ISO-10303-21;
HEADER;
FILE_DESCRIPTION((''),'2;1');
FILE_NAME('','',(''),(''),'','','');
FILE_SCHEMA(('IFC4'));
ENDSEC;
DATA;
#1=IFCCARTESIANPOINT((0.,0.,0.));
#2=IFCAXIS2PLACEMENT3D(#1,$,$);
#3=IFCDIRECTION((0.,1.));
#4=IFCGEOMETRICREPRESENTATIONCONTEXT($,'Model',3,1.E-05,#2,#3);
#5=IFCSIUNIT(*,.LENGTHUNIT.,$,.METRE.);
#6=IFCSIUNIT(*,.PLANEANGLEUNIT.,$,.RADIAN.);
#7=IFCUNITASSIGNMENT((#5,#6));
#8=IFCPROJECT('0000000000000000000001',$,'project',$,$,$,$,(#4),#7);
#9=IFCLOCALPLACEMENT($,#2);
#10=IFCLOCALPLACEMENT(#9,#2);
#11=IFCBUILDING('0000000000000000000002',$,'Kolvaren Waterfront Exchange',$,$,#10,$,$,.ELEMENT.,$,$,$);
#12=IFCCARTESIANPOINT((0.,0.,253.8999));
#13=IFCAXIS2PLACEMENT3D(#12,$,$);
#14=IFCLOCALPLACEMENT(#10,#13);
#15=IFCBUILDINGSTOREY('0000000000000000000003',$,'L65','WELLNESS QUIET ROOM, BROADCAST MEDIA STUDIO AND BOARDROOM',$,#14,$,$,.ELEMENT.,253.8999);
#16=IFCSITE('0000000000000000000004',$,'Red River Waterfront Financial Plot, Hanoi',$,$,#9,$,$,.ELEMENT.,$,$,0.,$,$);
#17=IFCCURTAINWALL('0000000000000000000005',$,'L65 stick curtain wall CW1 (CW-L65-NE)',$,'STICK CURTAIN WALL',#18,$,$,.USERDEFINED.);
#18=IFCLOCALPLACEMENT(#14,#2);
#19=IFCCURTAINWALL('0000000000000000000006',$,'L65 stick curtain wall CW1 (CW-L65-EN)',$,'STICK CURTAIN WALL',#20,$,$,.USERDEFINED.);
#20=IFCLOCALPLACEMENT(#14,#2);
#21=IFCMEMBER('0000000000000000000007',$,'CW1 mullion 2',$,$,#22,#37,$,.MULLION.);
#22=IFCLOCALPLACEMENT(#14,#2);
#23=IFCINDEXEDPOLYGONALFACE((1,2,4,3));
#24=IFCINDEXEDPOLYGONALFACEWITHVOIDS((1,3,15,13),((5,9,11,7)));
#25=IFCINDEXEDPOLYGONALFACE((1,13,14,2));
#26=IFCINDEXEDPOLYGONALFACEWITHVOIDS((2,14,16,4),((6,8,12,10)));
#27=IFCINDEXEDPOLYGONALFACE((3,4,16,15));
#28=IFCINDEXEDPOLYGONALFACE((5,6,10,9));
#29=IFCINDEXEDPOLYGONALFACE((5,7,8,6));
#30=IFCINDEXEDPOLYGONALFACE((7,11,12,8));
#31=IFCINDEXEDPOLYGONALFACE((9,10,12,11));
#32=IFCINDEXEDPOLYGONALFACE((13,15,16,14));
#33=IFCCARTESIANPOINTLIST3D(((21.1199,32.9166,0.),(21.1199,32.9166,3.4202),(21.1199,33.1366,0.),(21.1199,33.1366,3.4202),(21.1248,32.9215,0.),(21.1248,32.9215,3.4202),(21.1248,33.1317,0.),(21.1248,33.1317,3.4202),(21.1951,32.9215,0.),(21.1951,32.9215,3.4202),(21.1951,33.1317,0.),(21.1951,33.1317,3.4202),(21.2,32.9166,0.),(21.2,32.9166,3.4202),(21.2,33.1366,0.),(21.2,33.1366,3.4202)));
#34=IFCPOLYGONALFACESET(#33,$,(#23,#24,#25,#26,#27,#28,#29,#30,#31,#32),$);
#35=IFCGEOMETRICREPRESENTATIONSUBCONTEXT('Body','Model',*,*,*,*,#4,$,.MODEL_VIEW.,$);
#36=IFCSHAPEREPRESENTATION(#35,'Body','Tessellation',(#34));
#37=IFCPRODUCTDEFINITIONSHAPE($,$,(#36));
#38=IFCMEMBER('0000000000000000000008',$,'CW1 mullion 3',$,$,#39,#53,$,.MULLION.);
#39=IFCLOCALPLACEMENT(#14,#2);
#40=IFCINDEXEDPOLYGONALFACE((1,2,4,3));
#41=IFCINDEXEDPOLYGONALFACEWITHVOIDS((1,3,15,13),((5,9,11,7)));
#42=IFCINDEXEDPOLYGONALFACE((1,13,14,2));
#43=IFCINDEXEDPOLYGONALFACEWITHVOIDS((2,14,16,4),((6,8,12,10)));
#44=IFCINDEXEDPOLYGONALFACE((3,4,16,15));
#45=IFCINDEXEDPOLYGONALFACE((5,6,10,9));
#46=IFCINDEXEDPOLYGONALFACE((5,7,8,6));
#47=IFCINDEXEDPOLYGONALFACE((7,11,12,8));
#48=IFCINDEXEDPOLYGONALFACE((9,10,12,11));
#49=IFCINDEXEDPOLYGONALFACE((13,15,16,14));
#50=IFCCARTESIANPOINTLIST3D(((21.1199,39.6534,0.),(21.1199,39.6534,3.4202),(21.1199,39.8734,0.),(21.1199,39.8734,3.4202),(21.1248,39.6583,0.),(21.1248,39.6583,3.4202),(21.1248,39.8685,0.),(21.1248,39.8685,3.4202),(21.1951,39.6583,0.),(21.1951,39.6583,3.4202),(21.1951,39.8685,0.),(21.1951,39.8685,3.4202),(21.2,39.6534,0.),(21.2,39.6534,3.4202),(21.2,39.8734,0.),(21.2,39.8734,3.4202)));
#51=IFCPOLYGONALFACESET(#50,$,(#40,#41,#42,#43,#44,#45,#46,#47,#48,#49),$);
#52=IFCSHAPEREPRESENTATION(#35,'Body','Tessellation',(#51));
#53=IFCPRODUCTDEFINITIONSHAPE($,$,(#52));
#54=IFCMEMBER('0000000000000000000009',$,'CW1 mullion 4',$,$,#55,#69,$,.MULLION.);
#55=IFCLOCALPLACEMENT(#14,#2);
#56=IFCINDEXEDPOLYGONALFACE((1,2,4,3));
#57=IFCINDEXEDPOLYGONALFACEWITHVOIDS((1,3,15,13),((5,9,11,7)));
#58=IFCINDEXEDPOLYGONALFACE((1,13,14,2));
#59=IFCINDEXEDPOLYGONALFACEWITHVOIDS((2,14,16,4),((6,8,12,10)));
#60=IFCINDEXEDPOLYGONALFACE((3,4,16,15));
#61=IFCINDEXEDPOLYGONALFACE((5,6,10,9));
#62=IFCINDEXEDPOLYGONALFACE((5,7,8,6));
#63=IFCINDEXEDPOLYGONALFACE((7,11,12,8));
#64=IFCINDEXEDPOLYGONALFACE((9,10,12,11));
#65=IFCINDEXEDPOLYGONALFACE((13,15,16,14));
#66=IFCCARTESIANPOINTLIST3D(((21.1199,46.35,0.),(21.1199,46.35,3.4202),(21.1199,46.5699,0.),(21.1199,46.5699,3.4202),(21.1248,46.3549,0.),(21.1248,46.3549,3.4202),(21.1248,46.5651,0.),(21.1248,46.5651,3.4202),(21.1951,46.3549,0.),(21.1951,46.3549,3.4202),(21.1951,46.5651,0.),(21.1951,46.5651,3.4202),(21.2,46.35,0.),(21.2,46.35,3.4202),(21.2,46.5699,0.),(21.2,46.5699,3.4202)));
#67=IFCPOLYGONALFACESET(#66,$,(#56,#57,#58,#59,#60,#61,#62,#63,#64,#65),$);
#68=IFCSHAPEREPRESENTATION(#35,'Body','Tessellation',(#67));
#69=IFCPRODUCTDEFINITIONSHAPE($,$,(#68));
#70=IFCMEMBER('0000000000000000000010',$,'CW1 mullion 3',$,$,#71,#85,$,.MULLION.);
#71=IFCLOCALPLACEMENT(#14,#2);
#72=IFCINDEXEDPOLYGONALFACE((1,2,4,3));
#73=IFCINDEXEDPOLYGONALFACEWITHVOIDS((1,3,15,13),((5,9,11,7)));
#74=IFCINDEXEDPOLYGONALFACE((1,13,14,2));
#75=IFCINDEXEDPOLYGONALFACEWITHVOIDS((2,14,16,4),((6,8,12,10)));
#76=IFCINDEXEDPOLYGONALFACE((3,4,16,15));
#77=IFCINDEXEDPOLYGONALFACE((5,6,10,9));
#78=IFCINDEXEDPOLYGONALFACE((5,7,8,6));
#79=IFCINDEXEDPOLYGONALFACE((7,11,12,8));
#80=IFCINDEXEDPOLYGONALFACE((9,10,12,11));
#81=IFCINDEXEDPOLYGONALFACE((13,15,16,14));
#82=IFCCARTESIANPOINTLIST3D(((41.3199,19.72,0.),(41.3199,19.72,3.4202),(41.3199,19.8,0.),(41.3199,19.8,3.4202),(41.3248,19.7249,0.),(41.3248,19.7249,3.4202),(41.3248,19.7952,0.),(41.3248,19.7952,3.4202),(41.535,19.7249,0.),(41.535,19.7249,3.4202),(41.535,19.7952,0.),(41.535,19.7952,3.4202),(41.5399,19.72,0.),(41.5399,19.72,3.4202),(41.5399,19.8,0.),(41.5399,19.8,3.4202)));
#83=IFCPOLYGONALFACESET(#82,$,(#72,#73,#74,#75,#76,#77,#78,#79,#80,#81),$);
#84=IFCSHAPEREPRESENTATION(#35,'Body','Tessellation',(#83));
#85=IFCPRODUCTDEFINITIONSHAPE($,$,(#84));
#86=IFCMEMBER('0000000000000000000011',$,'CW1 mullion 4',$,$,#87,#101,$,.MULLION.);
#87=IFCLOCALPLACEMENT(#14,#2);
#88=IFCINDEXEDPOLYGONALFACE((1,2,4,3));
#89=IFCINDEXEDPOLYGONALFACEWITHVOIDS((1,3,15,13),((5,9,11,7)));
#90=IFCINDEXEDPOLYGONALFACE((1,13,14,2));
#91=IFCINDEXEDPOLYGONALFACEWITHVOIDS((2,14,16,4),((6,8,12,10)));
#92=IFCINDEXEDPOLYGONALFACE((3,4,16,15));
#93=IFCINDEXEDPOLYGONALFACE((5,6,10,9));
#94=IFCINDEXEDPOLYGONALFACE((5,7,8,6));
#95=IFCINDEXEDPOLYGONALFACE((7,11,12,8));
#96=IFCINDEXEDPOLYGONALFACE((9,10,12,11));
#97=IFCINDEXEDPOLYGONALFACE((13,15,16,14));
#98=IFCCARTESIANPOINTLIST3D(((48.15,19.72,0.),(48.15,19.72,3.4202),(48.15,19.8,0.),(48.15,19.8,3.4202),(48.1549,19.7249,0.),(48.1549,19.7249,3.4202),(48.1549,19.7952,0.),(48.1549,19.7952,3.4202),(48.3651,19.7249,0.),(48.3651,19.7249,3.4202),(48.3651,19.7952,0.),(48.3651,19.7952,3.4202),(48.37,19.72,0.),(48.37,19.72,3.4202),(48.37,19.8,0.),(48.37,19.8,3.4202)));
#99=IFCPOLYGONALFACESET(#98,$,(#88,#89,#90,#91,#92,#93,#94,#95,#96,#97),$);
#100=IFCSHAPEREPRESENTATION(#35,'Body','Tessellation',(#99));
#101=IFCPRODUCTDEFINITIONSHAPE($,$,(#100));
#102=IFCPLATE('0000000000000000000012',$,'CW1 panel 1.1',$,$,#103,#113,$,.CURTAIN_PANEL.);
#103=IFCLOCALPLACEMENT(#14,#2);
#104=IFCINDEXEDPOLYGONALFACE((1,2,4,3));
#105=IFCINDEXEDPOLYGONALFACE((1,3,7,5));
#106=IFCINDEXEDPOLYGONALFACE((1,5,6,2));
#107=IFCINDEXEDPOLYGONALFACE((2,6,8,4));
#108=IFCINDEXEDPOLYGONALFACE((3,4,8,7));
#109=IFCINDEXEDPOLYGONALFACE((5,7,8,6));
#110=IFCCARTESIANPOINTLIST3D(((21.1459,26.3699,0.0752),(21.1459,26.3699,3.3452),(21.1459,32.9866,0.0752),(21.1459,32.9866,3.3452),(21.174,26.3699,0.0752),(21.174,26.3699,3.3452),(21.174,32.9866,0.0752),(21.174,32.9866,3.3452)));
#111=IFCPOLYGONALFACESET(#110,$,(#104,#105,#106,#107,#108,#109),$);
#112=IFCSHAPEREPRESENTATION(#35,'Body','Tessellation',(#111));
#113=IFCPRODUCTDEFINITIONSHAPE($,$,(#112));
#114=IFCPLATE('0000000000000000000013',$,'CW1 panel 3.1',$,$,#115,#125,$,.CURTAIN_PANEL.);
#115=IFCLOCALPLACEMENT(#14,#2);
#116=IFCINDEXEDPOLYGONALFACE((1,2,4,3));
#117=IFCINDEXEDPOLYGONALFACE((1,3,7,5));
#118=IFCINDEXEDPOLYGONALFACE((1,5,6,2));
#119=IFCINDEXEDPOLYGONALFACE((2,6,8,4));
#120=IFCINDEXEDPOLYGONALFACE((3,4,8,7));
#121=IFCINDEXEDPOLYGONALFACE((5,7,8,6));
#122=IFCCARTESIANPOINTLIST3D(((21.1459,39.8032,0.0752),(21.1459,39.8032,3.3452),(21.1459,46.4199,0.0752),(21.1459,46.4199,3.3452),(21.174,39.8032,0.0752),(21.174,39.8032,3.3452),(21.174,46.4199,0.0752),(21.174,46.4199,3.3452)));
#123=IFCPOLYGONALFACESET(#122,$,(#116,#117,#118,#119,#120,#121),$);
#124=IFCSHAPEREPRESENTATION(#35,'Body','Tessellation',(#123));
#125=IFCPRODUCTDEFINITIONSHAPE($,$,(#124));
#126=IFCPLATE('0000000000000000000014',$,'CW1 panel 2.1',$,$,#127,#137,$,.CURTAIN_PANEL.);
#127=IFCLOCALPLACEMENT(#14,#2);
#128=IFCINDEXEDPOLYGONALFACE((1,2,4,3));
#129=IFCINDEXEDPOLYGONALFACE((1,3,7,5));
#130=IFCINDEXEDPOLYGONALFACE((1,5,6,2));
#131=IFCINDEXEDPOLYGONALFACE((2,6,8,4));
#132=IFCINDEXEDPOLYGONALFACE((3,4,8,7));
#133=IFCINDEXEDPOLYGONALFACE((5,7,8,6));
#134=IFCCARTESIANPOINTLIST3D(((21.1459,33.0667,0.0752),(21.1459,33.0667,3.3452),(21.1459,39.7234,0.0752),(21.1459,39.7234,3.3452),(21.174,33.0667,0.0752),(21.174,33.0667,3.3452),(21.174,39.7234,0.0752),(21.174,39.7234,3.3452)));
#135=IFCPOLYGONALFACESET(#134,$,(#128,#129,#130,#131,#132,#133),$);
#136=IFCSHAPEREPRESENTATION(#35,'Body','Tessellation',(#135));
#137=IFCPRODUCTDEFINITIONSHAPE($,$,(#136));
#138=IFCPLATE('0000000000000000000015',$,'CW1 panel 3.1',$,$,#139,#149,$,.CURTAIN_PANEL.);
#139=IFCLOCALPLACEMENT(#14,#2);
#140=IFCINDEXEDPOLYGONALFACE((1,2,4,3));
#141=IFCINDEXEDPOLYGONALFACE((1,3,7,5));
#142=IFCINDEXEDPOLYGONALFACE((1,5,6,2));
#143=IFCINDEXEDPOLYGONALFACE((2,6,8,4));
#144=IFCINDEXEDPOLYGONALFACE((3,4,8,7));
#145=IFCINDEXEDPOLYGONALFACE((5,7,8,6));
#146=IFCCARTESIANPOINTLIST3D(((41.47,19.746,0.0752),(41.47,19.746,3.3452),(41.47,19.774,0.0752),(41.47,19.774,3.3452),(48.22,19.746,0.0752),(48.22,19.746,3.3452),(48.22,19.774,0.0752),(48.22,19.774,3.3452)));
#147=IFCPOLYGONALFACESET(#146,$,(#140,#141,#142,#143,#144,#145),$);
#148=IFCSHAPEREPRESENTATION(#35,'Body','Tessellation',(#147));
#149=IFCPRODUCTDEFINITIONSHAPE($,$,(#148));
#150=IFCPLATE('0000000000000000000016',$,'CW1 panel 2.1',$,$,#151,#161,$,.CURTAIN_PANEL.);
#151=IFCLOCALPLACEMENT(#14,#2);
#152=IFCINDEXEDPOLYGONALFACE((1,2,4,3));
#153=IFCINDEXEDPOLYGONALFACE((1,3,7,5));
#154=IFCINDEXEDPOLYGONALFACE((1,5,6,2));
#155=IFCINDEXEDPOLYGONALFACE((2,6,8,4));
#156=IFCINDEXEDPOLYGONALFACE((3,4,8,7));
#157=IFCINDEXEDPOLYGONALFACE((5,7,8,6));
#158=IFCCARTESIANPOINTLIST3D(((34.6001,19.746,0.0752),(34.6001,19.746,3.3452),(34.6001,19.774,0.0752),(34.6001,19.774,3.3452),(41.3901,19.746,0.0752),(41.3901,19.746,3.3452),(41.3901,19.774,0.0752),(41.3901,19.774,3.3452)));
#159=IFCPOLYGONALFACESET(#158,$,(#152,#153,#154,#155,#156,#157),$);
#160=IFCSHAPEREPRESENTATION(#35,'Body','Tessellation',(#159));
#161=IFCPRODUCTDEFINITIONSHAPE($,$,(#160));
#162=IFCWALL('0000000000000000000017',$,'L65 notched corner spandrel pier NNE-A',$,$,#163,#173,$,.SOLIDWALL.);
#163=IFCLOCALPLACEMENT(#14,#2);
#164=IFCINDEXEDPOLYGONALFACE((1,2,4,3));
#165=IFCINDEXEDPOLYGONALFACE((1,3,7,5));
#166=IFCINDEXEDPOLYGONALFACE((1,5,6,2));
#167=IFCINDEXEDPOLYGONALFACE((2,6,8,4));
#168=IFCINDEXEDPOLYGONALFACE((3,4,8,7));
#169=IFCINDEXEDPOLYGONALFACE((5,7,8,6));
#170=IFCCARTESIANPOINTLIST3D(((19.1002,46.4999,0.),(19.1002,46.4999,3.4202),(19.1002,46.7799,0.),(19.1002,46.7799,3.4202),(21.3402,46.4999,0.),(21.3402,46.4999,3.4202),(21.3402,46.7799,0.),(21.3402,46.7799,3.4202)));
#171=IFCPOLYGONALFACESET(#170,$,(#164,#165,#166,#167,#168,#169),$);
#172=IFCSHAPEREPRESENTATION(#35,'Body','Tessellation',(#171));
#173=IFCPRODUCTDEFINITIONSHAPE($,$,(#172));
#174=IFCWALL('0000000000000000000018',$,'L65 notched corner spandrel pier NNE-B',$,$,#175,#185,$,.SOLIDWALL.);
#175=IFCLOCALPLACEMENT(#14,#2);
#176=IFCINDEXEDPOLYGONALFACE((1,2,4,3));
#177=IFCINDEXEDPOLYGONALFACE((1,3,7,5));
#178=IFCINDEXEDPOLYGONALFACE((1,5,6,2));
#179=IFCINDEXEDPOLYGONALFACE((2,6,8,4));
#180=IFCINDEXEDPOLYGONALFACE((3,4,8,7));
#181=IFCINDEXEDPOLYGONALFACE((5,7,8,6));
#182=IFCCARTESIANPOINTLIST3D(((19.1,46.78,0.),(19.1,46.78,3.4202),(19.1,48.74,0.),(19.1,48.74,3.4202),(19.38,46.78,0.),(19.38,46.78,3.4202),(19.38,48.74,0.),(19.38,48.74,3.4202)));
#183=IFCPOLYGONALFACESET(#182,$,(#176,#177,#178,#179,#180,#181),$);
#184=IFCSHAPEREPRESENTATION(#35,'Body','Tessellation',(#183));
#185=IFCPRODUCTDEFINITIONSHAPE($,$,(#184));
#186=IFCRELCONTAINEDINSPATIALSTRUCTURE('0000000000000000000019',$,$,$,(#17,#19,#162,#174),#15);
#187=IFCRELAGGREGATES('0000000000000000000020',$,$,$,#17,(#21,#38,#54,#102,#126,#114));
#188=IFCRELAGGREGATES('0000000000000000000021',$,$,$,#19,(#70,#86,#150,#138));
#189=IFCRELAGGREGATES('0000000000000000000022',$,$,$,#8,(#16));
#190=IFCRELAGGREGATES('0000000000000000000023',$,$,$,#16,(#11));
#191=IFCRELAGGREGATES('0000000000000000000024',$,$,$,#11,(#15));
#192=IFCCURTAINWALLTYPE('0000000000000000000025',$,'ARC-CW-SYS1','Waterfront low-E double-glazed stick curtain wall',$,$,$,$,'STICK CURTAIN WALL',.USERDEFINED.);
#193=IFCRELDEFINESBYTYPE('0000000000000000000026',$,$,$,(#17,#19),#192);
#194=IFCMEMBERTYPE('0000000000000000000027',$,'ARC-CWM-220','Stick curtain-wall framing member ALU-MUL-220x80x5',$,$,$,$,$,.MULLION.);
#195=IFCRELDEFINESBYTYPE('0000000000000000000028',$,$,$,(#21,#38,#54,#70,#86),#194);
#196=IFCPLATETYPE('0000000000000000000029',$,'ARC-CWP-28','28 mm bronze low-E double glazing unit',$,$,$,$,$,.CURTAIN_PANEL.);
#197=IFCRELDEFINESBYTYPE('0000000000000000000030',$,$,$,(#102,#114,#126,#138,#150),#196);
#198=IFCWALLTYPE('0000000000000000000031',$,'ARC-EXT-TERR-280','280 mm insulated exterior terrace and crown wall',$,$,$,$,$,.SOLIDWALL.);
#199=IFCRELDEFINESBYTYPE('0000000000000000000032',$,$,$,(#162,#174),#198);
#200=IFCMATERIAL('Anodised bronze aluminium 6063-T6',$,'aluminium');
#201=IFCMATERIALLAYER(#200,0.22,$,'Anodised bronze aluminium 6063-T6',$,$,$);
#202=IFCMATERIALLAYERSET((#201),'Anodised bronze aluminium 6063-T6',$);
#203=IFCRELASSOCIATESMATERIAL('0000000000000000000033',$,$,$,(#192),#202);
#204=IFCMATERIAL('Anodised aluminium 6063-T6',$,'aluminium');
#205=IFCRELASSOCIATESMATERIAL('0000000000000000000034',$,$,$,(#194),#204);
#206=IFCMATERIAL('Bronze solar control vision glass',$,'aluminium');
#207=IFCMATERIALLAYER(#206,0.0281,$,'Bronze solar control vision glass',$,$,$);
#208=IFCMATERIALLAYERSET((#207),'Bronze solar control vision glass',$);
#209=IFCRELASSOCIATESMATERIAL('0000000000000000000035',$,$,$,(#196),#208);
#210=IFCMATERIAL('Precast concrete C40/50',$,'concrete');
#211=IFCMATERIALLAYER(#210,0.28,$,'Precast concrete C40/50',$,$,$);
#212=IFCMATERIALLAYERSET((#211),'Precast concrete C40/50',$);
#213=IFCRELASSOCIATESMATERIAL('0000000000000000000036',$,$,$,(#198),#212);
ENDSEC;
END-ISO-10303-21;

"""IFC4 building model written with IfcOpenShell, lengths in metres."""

from ifc_helpers import new_model, si_unit, direction, frame, frame_2d, origin, origin_with_axes, origin_2d, place, context, subcontext, project, spatial, rectangle, hollow_rectangle, extrude, source, transform, mapped, material, layer, layer_set, material_profile, profile_set, type_object, element, aggregate, save


model = new_model("IFC4")

# Units and contexts
model_context = context("Model", 3, precision=1e-05, world=origin(), true_north=direction((0.0, 1.0)))
body_context = subcontext(model_context, "Body", "Model", "MODEL_VIEW")
ifc_project = project(units=[si_unit("LENGTHUNIT", "METRE"), si_unit("PLANEANGLEUNIT", "RADIAN")], contexts=[model_context])

# Site, building, storey
site_placement = place(None, origin())
site = spatial("IfcSite", under=ifc_project, at=site_placement, Name="Red River Waterfront Financial Plot, Hanoi", CompositionType="ELEMENT", RefElevation=0.0)
building_placement = place(site_placement, origin())
building = spatial("IfcBuilding", under=site, at=building_placement, Name="Kolvaren Waterfront Exchange", CompositionType="ELEMENT")
storey_placement = place(building_placement, frame((0.0, 0.0, 253.8999)))
storey = spatial("IfcBuildingStorey", under=building, at=storey_placement, Name="L65", Description="WELLNESS QUIET ROOM, BROADCAST MEDIA STUDIO AND BOARDROOM", CompositionType="ELEMENT", Elevation=253.8999)

# Curtain walls
ifc_material_1 = material(Name="Anodised bronze aluminium 6063-T6", Category="aluminium")
ifc_layer_1 = layer(ifc_material_1, 0.22, Name="Anodised bronze aluminium 6063-T6")
ifc_layer_set_1 = layer_set([ifc_layer_1], Name="Anodised bronze aluminium 6063-T6")
curtain_wall_type = type_object("IfcCurtainWallType", Name="ARC-CW-SYS1", Description="Waterfront low-E double-glazed stick curtain wall", ElementType="STICK CURTAIN WALL", PredefinedType="USERDEFINED", material=ifc_layer_set_1)
curtain_wall_1_placement = place(storey_placement, origin())
curtain_wall_1 = element("IfcCurtainWall", 1, at=curtain_wall_1_placement, inside=storey, type_object=curtain_wall_type, Name="L65 stick curtain wall CW1 (CW-L65-NE)", ObjectType="STICK CURTAIN WALL", PredefinedType="USERDEFINED")
ifc_material_2 = material(Name="Anodised aluminium 6063-T6", Category="aluminium")
curtain_wall_2_placement = place(storey_placement, origin())
curtain_wall_2 = element("IfcCurtainWall", 2, at=curtain_wall_2_placement, inside=storey, type_object=curtain_wall_type, Name="L65 stick curtain wall CW1 (CW-L65-EN)", ObjectType="STICK CURTAIN WALL", PredefinedType="USERDEFINED")

# Members
ifc_material_profile_1 = material_profile(ifc_material_2, hollow_rectangle(XDim=0.0801, YDim=0.22, WallThickness=0.0049, at=origin_2d()), Name="ALU-MUL-220x80x5")
ifc_profile_set_1 = profile_set([ifc_material_profile_1], Name="Anodised aluminium 6063-T6")
member_type_1 = type_object("IfcMemberType", Name="ARC-CWM-220", Description="Stick curtain-wall framing member ALU-MUL-220x80x5", PredefinedType="MULLION", material=ifc_profile_set_1)
shared_shape_1 = source(origin_with_axes(), body_context, "Body", "SweptSolid", [
    extrude(hollow_rectangle(XDim=0.0801, YDim=0.22, WallThickness=0.0049, at=origin_2d()), origin(), (0.0, 0.0, 1.0), 3.4202),
])
member_1_placement = place(storey_placement, frame((21.1599, 33.0266, 0.0), z_axis=(0.0, 0.0, 1.0), x_axis=(-1.0, 0.0, 0.0)))
member_1 = element("IfcMember", 3, at=member_1_placement, type_object=member_type_1, Name="CW1 mullion 2", PredefinedType="MULLION", context=body_context, shape_type="MappedRepresentation", body=[
    mapped(shared_shape_1, transform((0.0, 0.0, 0.0), x_axis=(1.0, 0.0, 0.0), y_axis=(0.0, 1.0, 0.0), z_axis=(0.0, 0.0, 1.0), scale=1.0)),
])
member_2_placement = place(storey_placement, frame((21.1599, 39.7634, 0.0), z_axis=(0.0, 0.0, 1.0), x_axis=(-1.0, 0.0, 0.0)))
member_2 = element("IfcMember", 4, at=member_2_placement, type_object=member_type_1, Name="CW1 mullion 3", PredefinedType="MULLION", context=body_context, shape_type="MappedRepresentation", body=[
    mapped(shared_shape_1, transform((0.0, 0.0, 0.0), x_axis=(1.0, 0.0, 0.0), y_axis=(0.0, 1.0, 0.0), z_axis=(0.0, 0.0, 1.0), scale=1.0)),
])
member_3_placement = place(storey_placement, frame((21.1599, 46.46, 0.0), z_axis=(0.0, 0.0, 1.0), x_axis=(-1.0, 0.0, 0.0)))
member_3 = element("IfcMember", 5, at=member_3_placement, type_object=member_type_1, Name="CW1 mullion 4", PredefinedType="MULLION", context=body_context, shape_type="MappedRepresentation", body=[
    mapped(shared_shape_1, transform((0.0, 0.0, 0.0), x_axis=(1.0, 0.0, 0.0), y_axis=(0.0, 1.0, 0.0), z_axis=(0.0, 0.0, 1.0), scale=1.0)),
])
member_4_placement = place(storey_placement, frame((41.4299, 19.76, 0.0), z_axis=(0.0, 0.0, 1.0), x_axis=(0.0, 1.0, 0.0)))
member_4 = element("IfcMember", 6, at=member_4_placement, type_object=member_type_1, Name="CW1 mullion 3", PredefinedType="MULLION", context=body_context, shape_type="MappedRepresentation", body=[
    mapped(shared_shape_1, transform((0.0, 0.0, 0.0), x_axis=(1.0, 0.0, 0.0), y_axis=(0.0, 1.0, 0.0), z_axis=(0.0, 0.0, 1.0), scale=1.0)),
])
member_5_placement = place(storey_placement, frame((48.26, 19.76, 0.0), z_axis=(0.0, 0.0, 1.0), x_axis=(0.0, 1.0, 0.0)))
member_5 = element("IfcMember", 7, at=member_5_placement, type_object=member_type_1, Name="CW1 mullion 4", PredefinedType="MULLION", context=body_context, shape_type="MappedRepresentation", body=[
    mapped(shared_shape_1, transform((0.0, 0.0, 0.0), x_axis=(1.0, 0.0, 0.0), y_axis=(0.0, 1.0, 0.0), z_axis=(0.0, 0.0, 1.0), scale=1.0)),
])

# Plates
ifc_material_3 = material(Name="Bronze solar control vision glass", Category="aluminium")
ifc_layer_2 = layer(ifc_material_3, 0.0281, Name="Bronze solar control vision glass")
ifc_layer_set_2 = layer_set([ifc_layer_2], Name="Bronze solar control vision glass")
plate_type = type_object("IfcPlateType", Name="ARC-CWP-28", Description="28 mm bronze low-E double glazing unit", PredefinedType="CURTAIN_PANEL", material=ifc_layer_set_2)
shared_shape_2 = source(origin_with_axes(), body_context, "Body", "SweptSolid", [
    extrude(rectangle(XDim=6.6167, YDim=0.0281, at=origin_2d()), origin(), (0.0, 0.0, 1.0), 3.27),
])
plate_1_placement = place(storey_placement, frame((21.1599, 29.6782, 0.0752), z_axis=(0.0, 0.0, 1.0), x_axis=(0.0, 1.0, 0.0)))
plate_1 = element("IfcPlate", 8, at=plate_1_placement, type_object=plate_type, Name="CW1 panel 1.1", PredefinedType="CURTAIN_PANEL", context=body_context, shape_type="MappedRepresentation", body=[
    mapped(shared_shape_2, transform((0.0, 0.0, 0.0), x_axis=(1.0, 0.0, 0.0), y_axis=(0.0, 1.0, 0.0), z_axis=(0.0, 0.0, 1.0), scale=1.0)),
])
plate_2_placement = place(storey_placement, frame((21.1599, 43.1116, 0.0752), z_axis=(0.0, 0.0, 1.0), x_axis=(0.0, 1.0, 0.0)))
plate_2 = element("IfcPlate", 9, at=plate_2_placement, type_object=plate_type, Name="CW1 panel 3.1", PredefinedType="CURTAIN_PANEL", context=body_context, shape_type="MappedRepresentation", body=[
    mapped(shared_shape_2, transform((0.0, 0.0, 0.0), x_axis=(1.0, 0.0, 0.0), y_axis=(0.0, 1.0, 0.0), z_axis=(0.0, 0.0, 1.0), scale=1.0)),
])
shared_shape_3 = source(origin_with_axes(), body_context, "Body", "SweptSolid", [
    extrude(rectangle(XDim=6.6567, YDim=0.0281, at=origin_2d()), origin(), (0.0, 0.0, 1.0), 3.27),
])
plate_3_placement = place(storey_placement, frame((21.1599, 36.395, 0.0752), z_axis=(0.0, 0.0, 1.0), x_axis=(0.0, 1.0, 0.0)))
plate_3 = element("IfcPlate", 10, at=plate_3_placement, type_object=plate_type, Name="CW1 panel 2.1", PredefinedType="CURTAIN_PANEL", context=body_context, shape_type="MappedRepresentation", body=[
    mapped(shared_shape_3, transform((0.0, 0.0, 0.0), x_axis=(1.0, 0.0, 0.0), y_axis=(0.0, 1.0, 0.0), z_axis=(0.0, 0.0, 1.0), scale=1.0)),
])
aggregate(curtain_wall_1, [member_1, member_2, member_3, plate_1, plate_3, plate_2])
shared_shape_4 = source(origin_with_axes(), body_context, "Body", "SweptSolid", [
    extrude(rectangle(XDim=6.75, YDim=0.0281, at=origin_2d()), origin(), (0.0, 0.0, 1.0), 3.27),
])
plate_4_placement = place(storey_placement, frame((44.845, 19.76, 0.0752), z_axis=(0.0, 0.0, 1.0), x_axis=(1.0, 0.0, 0.0)))
plate_4 = element("IfcPlate", 11, at=plate_4_placement, type_object=plate_type, Name="CW1 panel 3.1", PredefinedType="CURTAIN_PANEL", context=body_context, shape_type="MappedRepresentation", body=[
    mapped(shared_shape_4, transform((0.0, 0.0, 0.0), x_axis=(1.0, 0.0, 0.0), y_axis=(0.0, 1.0, 0.0), z_axis=(0.0, 0.0, 1.0), scale=1.0)),
])
shared_shape_5 = source(origin_with_axes(), body_context, "Body", "SweptSolid", [
    extrude(rectangle(XDim=6.79, YDim=0.0281, at=origin_2d()), origin(), (0.0, 0.0, 1.0), 3.27),
])
plate_5_placement = place(storey_placement, frame((37.9951, 19.76, 0.0752), z_axis=(0.0, 0.0, 1.0), x_axis=(1.0, 0.0, 0.0)))
plate_5 = element("IfcPlate", 12, at=plate_5_placement, type_object=plate_type, Name="CW1 panel 2.1", PredefinedType="CURTAIN_PANEL", context=body_context, shape_type="MappedRepresentation", body=[
    mapped(shared_shape_5, transform((0.0, 0.0, 0.0), x_axis=(1.0, 0.0, 0.0), y_axis=(0.0, 1.0, 0.0), z_axis=(0.0, 0.0, 1.0), scale=1.0)),
])
aggregate(curtain_wall_2, [member_4, member_5, plate_5, plate_4])

# Walls
ifc_material_4 = material(Name="Precast concrete C40/50", Category="concrete")
ifc_layer_3 = layer(ifc_material_4, 0.28, Name="Precast concrete C40/50")
ifc_layer_set_3 = layer_set([ifc_layer_3], Name="Precast concrete C40/50")
wall_type = type_object("IfcWallType", Name="ARC-EXT-TERR-280", Description="280 mm insulated exterior terrace and crown wall", PredefinedType="SOLIDWALL", material=ifc_layer_set_3)
wall_1_placement = place(storey_placement, frame((19.1001, 46.6399, 0.0), z_axis=(0.0, 0.0, 1.0), x_axis=(1.0, 0.0, 0.0)))
element("IfcWall", 13, at=wall_1_placement, inside=storey, type_object=wall_type, Name="L65 notched corner spandrel pier NNE-A", PredefinedType="SOLIDWALL", context=body_context, shape_type="SweptSolid", body=[
    extrude(rectangle(XDim=2.24, YDim=0.28, at=frame_2d((1.1201, 0.0))), origin(), (0.0, 0.0, 1.0), 3.4202),
])
wall_2_placement = place(storey_placement, frame((19.24, 46.78, 0.0), z_axis=(0.0, 0.0, 1.0), x_axis=(0.0, 1.0, 0.0)))
element("IfcWall", 14, at=wall_2_placement, inside=storey, type_object=wall_type, Name="L65 notched corner spandrel pier NNE-B", PredefinedType="SOLIDWALL", context=body_context, shape_type="SweptSolid", body=[
    extrude(rectangle(XDim=1.96, YDim=0.28, at=frame_2d((0.98, 0.0))), origin(), (0.0, 0.0, 1.0), 3.4202),
])

save(model, "model.ifc")
